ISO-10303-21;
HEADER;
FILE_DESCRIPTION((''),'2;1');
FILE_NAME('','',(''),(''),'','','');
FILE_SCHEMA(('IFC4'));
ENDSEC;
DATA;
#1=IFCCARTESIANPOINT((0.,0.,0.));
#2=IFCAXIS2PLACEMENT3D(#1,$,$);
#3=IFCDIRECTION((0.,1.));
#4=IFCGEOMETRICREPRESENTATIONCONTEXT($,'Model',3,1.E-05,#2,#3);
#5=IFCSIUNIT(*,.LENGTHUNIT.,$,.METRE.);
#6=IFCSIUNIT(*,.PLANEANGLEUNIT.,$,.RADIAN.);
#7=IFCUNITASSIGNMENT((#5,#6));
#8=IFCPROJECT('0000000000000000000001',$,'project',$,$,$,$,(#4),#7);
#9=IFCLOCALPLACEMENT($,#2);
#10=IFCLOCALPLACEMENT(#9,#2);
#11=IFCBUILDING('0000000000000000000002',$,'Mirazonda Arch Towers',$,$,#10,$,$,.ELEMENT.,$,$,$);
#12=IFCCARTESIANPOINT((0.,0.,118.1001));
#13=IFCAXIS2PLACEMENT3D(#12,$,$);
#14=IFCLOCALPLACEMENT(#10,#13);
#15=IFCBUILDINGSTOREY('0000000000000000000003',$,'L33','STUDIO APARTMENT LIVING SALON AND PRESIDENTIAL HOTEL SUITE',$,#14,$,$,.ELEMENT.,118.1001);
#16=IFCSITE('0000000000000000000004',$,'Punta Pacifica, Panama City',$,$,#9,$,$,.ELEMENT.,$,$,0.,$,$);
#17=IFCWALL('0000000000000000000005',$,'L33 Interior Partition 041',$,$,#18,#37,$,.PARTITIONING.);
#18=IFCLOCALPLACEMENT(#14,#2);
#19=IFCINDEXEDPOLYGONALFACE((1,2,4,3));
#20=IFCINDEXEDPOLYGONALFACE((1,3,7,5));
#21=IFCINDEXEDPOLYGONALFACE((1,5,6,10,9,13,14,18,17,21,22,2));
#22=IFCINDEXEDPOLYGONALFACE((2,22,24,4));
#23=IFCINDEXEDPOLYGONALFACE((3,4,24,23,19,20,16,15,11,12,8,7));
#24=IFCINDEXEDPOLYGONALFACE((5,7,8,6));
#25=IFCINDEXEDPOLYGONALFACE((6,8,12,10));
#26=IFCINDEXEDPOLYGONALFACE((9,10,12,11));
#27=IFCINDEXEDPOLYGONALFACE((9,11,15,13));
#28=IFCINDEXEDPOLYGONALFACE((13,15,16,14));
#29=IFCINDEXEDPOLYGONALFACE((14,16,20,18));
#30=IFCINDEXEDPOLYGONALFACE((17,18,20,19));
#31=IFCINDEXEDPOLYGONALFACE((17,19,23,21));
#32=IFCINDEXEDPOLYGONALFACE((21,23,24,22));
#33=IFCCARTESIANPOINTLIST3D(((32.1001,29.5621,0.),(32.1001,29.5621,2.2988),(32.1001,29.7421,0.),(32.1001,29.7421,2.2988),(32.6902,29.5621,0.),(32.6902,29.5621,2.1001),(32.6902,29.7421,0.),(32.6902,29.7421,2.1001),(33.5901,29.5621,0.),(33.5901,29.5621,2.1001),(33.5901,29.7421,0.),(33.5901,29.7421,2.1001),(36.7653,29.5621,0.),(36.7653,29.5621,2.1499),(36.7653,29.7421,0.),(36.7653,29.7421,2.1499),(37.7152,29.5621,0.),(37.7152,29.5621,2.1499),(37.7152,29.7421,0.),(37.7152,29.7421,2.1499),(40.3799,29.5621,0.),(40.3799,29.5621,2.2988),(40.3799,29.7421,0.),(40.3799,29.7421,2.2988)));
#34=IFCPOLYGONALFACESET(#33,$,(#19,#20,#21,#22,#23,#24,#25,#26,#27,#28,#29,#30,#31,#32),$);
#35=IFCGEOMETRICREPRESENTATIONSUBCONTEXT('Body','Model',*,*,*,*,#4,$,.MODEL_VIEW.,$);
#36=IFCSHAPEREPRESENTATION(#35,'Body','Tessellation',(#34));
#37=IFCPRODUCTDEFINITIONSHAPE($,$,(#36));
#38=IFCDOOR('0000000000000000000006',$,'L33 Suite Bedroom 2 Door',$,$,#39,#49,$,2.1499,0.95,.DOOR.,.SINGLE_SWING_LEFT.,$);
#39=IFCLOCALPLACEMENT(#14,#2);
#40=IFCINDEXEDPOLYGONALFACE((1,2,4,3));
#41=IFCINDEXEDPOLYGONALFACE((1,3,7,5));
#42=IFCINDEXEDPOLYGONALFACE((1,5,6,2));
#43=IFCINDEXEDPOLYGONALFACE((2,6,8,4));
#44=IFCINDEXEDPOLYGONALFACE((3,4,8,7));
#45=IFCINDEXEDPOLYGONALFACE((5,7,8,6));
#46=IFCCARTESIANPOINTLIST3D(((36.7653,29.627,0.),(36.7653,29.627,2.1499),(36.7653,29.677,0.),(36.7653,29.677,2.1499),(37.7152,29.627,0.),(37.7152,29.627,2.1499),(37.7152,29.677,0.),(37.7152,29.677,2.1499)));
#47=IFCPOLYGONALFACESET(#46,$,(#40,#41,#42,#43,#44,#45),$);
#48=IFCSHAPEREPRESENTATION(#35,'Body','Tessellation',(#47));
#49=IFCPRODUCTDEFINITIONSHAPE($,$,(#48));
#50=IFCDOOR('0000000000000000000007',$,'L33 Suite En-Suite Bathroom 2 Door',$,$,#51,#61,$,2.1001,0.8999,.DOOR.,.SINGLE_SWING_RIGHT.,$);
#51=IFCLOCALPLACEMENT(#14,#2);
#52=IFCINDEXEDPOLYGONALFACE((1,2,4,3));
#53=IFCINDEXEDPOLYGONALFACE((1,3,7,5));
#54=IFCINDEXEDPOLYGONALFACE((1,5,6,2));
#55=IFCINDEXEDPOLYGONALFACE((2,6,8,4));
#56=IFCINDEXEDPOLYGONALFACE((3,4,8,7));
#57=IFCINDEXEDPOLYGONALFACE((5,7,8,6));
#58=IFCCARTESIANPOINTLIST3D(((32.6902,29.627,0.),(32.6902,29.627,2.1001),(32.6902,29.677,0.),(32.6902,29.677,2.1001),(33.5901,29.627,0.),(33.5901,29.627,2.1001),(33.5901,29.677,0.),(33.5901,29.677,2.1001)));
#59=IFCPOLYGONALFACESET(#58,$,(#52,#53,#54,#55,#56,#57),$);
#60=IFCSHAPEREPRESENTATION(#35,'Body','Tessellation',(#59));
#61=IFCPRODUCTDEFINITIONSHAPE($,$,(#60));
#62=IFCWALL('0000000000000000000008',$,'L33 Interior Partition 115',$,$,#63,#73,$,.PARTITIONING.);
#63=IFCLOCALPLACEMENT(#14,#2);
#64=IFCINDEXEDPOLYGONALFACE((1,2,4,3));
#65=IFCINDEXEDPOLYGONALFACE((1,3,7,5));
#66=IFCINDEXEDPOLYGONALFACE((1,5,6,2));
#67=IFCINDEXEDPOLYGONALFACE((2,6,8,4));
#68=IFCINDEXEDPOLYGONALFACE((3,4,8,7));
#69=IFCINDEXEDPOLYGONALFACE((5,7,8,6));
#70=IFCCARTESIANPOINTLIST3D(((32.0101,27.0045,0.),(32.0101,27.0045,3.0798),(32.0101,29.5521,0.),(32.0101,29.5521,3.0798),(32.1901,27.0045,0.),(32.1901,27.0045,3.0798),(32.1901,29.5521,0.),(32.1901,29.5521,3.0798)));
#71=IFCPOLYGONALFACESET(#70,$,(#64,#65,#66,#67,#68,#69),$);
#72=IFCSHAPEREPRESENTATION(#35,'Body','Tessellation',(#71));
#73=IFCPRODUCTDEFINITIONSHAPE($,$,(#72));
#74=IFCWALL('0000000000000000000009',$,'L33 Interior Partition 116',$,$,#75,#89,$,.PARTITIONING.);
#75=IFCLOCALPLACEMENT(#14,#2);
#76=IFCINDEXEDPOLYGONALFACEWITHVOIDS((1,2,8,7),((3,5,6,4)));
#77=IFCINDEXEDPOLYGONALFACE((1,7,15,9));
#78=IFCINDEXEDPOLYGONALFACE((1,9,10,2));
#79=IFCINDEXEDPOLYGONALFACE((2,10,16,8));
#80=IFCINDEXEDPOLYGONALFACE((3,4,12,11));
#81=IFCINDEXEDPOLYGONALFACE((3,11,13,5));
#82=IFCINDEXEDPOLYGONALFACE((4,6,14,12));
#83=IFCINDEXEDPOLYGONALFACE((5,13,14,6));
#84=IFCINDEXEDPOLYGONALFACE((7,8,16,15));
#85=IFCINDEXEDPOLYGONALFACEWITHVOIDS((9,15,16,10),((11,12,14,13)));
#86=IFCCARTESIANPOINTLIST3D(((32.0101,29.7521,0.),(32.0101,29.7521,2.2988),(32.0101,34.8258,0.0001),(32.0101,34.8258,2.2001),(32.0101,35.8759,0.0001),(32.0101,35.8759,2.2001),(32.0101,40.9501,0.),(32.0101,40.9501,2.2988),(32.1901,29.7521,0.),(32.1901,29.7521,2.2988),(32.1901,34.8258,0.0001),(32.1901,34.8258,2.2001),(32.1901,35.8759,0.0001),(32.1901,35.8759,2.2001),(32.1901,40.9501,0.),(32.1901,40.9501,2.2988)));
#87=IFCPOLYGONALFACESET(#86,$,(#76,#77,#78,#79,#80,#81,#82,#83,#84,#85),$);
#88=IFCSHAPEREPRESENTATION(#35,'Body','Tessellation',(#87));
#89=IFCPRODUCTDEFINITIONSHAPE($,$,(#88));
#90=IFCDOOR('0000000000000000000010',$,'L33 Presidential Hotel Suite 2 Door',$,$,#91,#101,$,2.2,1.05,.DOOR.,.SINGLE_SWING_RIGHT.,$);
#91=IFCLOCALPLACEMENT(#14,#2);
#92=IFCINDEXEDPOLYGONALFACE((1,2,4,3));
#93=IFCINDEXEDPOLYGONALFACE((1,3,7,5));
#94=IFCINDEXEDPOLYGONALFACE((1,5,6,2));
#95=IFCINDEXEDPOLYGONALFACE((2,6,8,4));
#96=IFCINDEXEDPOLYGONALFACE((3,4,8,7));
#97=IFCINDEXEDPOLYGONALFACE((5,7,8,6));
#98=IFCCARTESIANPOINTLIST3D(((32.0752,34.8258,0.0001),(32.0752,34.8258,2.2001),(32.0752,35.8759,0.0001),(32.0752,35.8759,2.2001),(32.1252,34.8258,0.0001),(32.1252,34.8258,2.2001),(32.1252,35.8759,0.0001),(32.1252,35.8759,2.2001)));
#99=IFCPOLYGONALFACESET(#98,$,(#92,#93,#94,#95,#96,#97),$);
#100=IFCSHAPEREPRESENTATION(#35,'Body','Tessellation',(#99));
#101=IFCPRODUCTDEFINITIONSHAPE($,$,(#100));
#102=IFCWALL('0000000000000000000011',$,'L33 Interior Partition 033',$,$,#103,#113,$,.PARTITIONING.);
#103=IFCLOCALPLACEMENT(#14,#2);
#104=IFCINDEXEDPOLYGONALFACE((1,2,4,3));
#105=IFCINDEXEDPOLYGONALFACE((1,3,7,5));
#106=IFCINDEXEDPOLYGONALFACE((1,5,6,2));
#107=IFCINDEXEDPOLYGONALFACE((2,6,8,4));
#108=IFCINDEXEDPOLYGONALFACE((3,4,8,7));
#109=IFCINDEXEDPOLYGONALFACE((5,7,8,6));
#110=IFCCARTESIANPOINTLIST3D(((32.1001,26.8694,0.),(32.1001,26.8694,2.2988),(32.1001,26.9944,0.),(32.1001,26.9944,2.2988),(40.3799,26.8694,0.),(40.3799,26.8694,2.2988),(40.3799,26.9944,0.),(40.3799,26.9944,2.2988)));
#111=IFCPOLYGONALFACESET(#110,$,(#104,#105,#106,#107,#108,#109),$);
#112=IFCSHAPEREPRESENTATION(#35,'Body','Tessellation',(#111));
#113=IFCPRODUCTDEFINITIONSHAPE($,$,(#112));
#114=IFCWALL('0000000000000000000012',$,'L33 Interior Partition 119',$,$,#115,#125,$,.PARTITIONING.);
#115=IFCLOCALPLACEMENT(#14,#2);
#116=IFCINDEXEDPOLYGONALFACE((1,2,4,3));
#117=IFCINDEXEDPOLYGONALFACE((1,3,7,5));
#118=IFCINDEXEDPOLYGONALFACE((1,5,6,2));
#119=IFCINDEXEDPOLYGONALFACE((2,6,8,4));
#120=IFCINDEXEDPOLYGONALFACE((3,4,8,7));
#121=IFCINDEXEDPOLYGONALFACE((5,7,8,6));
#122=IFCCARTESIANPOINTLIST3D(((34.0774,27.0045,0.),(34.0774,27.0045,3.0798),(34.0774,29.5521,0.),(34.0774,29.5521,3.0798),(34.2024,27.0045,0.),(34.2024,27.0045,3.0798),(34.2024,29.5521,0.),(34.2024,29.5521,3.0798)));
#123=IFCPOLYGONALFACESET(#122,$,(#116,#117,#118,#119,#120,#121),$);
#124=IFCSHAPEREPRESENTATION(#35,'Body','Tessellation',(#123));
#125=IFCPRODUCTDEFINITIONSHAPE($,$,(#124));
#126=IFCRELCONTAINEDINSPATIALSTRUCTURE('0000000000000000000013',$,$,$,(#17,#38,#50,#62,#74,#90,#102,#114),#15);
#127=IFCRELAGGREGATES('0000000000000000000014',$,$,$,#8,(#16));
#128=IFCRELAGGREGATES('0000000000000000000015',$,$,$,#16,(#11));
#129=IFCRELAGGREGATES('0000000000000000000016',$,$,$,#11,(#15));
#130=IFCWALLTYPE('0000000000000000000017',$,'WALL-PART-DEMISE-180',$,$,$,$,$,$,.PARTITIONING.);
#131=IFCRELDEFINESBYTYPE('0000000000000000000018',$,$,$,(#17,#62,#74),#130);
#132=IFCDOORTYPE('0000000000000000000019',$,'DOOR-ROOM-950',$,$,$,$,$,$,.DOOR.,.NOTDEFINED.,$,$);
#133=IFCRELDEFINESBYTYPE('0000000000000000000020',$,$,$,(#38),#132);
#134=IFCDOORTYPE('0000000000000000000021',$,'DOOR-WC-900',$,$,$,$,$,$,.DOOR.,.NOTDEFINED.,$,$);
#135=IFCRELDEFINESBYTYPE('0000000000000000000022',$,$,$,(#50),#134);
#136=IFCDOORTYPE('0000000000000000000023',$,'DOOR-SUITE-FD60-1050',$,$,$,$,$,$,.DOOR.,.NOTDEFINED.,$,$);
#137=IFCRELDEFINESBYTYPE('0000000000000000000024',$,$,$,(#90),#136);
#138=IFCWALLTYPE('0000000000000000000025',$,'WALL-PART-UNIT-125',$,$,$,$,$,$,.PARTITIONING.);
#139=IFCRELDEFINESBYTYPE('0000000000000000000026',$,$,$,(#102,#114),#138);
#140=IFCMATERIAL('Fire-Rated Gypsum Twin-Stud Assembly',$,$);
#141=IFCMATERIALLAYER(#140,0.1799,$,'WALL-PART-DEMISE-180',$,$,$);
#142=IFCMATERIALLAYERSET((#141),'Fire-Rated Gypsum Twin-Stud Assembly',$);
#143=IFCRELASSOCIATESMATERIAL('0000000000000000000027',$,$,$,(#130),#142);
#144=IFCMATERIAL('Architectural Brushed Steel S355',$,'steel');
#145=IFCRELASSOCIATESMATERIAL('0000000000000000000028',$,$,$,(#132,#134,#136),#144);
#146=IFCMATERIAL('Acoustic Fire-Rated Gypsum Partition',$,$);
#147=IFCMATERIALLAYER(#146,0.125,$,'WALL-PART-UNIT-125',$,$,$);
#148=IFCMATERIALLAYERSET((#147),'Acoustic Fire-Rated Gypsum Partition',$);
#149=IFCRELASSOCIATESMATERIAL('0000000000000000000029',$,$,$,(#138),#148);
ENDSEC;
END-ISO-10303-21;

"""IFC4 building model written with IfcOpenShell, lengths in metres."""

from ifc_helpers import new_model, si_unit, direction, frame, frame_2d, origin, place, context, subcontext, project, spatial, rectangle, extrude, material, layer, layer_set, type_object, element, fill, save


model = new_model("IFC4")

# Units and contexts
model_context = context("Model", 3, precision=1e-05, world=origin(), true_north=direction((0.0, 1.0)))
body_context = subcontext(model_context, "Body", "Model", "MODEL_VIEW")
ifc_project = project(units=[si_unit("LENGTHUNIT", "METRE"), si_unit("PLANEANGLEUNIT", "RADIAN")], contexts=[model_context])

# Site, building, storey
site_placement = place(None, origin())
site = spatial("IfcSite", under=ifc_project, at=site_placement, Name="Punta Pacifica, Panama City", CompositionType="ELEMENT", RefElevation=0.0)
building_placement = place(site_placement, origin())
building = spatial("IfcBuilding", under=site, at=building_placement, Name="Mirazonda Arch Towers", CompositionType="ELEMENT")
storey_placement = place(building_placement, frame((0.0, 0.0, 118.1001)))
storey = spatial("IfcBuildingStorey", under=building, at=storey_placement, Name="L33", Description="STUDIO APARTMENT LIVING SALON AND PRESIDENTIAL HOTEL SUITE", CompositionType="ELEMENT", Elevation=118.1001)

# Wall, openings, doors
ifc_material_1 = material(Name="Fire-Rated Gypsum Twin-Stud Assembly")
ifc_layer_1 = layer(ifc_material_1, 0.1799, Name="WALL-PART-DEMISE-180")
ifc_layer_set_1 = layer_set([ifc_layer_1], Name="Fire-Rated Gypsum Twin-Stud Assembly")
wall_type_1 = type_object("IfcWallType", Name="WALL-PART-DEMISE-180", PredefinedType="PARTITIONING", material=ifc_layer_set_1)
wall_1_placement = place(storey_placement, frame((32.1001, 29.6521, 0.0), z_axis=(0.0, 0.0, 1.0), x_axis=(1.0, 0.0, 0.0)))
wall_1 = element("IfcWall", 1, at=wall_1_placement, inside=storey, type_object=wall_type_1, Name="L33 Interior Partition 041", PredefinedType="PARTITIONING", context=body_context, shape_type="SweptSolid", body=[
    extrude(rectangle(XDim=8.2798, YDim=0.1799, at=frame_2d((4.1399, 0.0))), origin(), (0.0, 0.0, 1.0), 2.2988),
])
opening_1_placement = place(wall_1_placement, frame((4.665, 0.0, 0.0)))
opening_1 = element("IfcOpeningElement", 2, at=opening_1_placement, cuts=wall_1, PredefinedType="OPENING", context=body_context, shape_type="SweptSolid", body=[
    extrude(rectangle(XDim=0.95, YDim=2.1499, at=frame_2d((0.4751, 1.075))), frame((0.0, 0.0999, 0.0), z_axis=(0.0, -1.0, 0.0), x_axis=(1.0, 0.0, 0.0)), (0.0, 0.0, 1.0), 0.2),
])
opening_2_placement = place(wall_1_placement, frame((0.5901, 0.0, 0.0)))
opening_2 = element("IfcOpeningElement", 3, at=opening_2_placement, cuts=wall_1, PredefinedType="OPENING", context=body_context, shape_type="SweptSolid", body=[
    extrude(rectangle(XDim=0.8999, YDim=2.1001, at=frame_2d((0.45, 1.05))), frame((0.0, 0.0999, 0.0), z_axis=(0.0, -1.0, 0.0), x_axis=(1.0, 0.0, 0.0)), (0.0, 0.0, 1.0), 0.2),
])
ifc_material_2 = material(Name="Architectural Brushed Steel S355", Category="steel")
door_type_1 = type_object("IfcDoorType", Name="DOOR-ROOM-950", OperationType="NOTDEFINED", PredefinedType="DOOR", material=ifc_material_2)
door_1_placement = place(opening_1_placement, origin())
door_1 = element("IfcDoor", 4, at=door_1_placement, inside=storey, type_object=door_type_1, Name="L33 Suite Bedroom 2 Door", OperationType="SINGLE_SWING_LEFT", OverallHeight=2.1499, OverallWidth=0.95, PredefinedType="DOOR", context=body_context, shape_type="SweptSolid", body=[
    extrude(rectangle(XDim=0.95, YDim=2.1499, at=frame_2d((0.4751, 1.075))), frame((0.0, 0.0249, 0.0), z_axis=(0.0, -1.0, 0.0), x_axis=(1.0, 0.0, 0.0)), (0.0, 0.0, 1.0), 0.05),
])
fill(opening_1, door_1)
door_type_2 = type_object("IfcDoorType", Name="DOOR-WC-900", OperationType="NOTDEFINED", PredefinedType="DOOR", material=ifc_material_2)
door_2_placement = place(opening_2_placement, origin())
door_2 = element("IfcDoor", 5, at=door_2_placement, inside=storey, type_object=door_type_2, Name="L33 Suite En-Suite Bathroom 2 Door", OperationType="SINGLE_SWING_RIGHT", OverallHeight=2.1001, OverallWidth=0.8999, PredefinedType="DOOR", context=body_context, shape_type="SweptSolid", body=[
    extrude(rectangle(XDim=0.8999, YDim=2.1001, at=frame_2d((0.45, 1.05))), frame((0.0, 0.0249, 0.0), z_axis=(0.0, -1.0, 0.0), x_axis=(1.0, 0.0, 0.0)), (0.0, 0.0, 1.0), 0.05),
])
fill(opening_2, door_2)

# Wall
wall_2_placement = place(storey_placement, frame((32.1001, 27.0044, 0.0), z_axis=(0.0, 0.0, 1.0), x_axis=(0.0, 1.0, 0.0)))
element("IfcWall", 6, at=wall_2_placement, inside=storey, type_object=wall_type_1, Name="L33 Interior Partition 115", PredefinedType="PARTITIONING", context=body_context, shape_type="SweptSolid", body=[
    extrude(rectangle(XDim=2.5476, YDim=0.1799, at=frame_2d((1.2739, 0.0))), origin(), (0.0, 0.0, 1.0), 3.0798),
])

# Wall, opening, door
wall_3_placement = place(storey_placement, frame((32.1001, 29.752, 0.0), z_axis=(0.0, 0.0, 1.0), x_axis=(0.0, 1.0, 0.0)))
wall_3 = element("IfcWall", 7, at=wall_3_placement, inside=storey, type_object=wall_type_1, Name="L33 Interior Partition 116", PredefinedType="PARTITIONING", context=body_context, shape_type="SweptSolid", body=[
    extrude(rectangle(XDim=11.198, YDim=0.1799, at=frame_2d((5.5991, 0.0))), origin(), (0.0, 0.0, 1.0), 2.2988),
])
opening_3_placement = place(wall_3_placement, frame((5.074, 0.0, 0.0)))
opening_3 = element("IfcOpeningElement", 8, at=opening_3_placement, cuts=wall_3, PredefinedType="OPENING", context=body_context, shape_type="SweptSolid", body=[
    extrude(rectangle(XDim=1.05, YDim=2.2, at=frame_2d((0.5249, 1.1001))), frame((0.0, 0.0999, 0.0), z_axis=(0.0, -1.0, 0.0), x_axis=(1.0, 0.0, 0.0)), (0.0, 0.0, 1.0), 0.2),
])
door_type_3 = type_object("IfcDoorType", Name="DOOR-SUITE-FD60-1050", OperationType="NOTDEFINED", PredefinedType="DOOR", material=ifc_material_2)
door_3_placement = place(opening_3_placement, origin())
door_3 = element("IfcDoor", 9, at=door_3_placement, inside=storey, type_object=door_type_3, Name="L33 Presidential Hotel Suite 2 Door", OperationType="SINGLE_SWING_RIGHT", OverallHeight=2.2, OverallWidth=1.05, PredefinedType="DOOR", context=body_context, shape_type="SweptSolid", body=[
    extrude(rectangle(XDim=1.05, YDim=2.2, at=frame_2d((0.5249, 1.1001))), frame((0.0, 0.0249, 0.0), z_axis=(0.0, -1.0, 0.0), x_axis=(1.0, 0.0, 0.0)), (0.0, 0.0, 1.0), 0.05),
])
fill(opening_3, door_3)

# Walls
ifc_material_3 = material(Name="Acoustic Fire-Rated Gypsum Partition")
ifc_layer_2 = layer(ifc_material_3, 0.125, Name="WALL-PART-UNIT-125")
ifc_layer_set_2 = layer_set([ifc_layer_2], Name="Acoustic Fire-Rated Gypsum Partition")
wall_type_2 = type_object("IfcWallType", Name="WALL-PART-UNIT-125", PredefinedType="PARTITIONING", material=ifc_layer_set_2)
wall_4_placement = place(storey_placement, frame((32.1001, 26.9319, 0.0), z_axis=(0.0, 0.0, 1.0), x_axis=(1.0, 0.0, 0.0)))
element("IfcWall", 10, at=wall_4_placement, inside=storey, type_object=wall_type_2, Name="L33 Interior Partition 033", PredefinedType="PARTITIONING", context=body_context, shape_type="SweptSolid", body=[
    extrude(rectangle(XDim=8.2798, YDim=0.125, at=frame_2d((4.1399, 0.0))), origin(), (0.0, 0.0, 1.0), 2.2988),
])
wall_5_placement = place(storey_placement, frame((34.1399, 27.0044, 0.0), z_axis=(0.0, 0.0, 1.0), x_axis=(0.0, 1.0, 0.0)))
element("IfcWall", 11, at=wall_5_placement, inside=storey, type_object=wall_type_2, Name="L33 Interior Partition 119", PredefinedType="PARTITIONING", context=body_context, shape_type="SweptSolid", body=[
    extrude(rectangle(XDim=2.5476, YDim=0.125, at=frame_2d((1.2739, 0.0))), origin(), (0.0, 0.0, 1.0), 3.0798),
])

save(model, "model.ifc")
